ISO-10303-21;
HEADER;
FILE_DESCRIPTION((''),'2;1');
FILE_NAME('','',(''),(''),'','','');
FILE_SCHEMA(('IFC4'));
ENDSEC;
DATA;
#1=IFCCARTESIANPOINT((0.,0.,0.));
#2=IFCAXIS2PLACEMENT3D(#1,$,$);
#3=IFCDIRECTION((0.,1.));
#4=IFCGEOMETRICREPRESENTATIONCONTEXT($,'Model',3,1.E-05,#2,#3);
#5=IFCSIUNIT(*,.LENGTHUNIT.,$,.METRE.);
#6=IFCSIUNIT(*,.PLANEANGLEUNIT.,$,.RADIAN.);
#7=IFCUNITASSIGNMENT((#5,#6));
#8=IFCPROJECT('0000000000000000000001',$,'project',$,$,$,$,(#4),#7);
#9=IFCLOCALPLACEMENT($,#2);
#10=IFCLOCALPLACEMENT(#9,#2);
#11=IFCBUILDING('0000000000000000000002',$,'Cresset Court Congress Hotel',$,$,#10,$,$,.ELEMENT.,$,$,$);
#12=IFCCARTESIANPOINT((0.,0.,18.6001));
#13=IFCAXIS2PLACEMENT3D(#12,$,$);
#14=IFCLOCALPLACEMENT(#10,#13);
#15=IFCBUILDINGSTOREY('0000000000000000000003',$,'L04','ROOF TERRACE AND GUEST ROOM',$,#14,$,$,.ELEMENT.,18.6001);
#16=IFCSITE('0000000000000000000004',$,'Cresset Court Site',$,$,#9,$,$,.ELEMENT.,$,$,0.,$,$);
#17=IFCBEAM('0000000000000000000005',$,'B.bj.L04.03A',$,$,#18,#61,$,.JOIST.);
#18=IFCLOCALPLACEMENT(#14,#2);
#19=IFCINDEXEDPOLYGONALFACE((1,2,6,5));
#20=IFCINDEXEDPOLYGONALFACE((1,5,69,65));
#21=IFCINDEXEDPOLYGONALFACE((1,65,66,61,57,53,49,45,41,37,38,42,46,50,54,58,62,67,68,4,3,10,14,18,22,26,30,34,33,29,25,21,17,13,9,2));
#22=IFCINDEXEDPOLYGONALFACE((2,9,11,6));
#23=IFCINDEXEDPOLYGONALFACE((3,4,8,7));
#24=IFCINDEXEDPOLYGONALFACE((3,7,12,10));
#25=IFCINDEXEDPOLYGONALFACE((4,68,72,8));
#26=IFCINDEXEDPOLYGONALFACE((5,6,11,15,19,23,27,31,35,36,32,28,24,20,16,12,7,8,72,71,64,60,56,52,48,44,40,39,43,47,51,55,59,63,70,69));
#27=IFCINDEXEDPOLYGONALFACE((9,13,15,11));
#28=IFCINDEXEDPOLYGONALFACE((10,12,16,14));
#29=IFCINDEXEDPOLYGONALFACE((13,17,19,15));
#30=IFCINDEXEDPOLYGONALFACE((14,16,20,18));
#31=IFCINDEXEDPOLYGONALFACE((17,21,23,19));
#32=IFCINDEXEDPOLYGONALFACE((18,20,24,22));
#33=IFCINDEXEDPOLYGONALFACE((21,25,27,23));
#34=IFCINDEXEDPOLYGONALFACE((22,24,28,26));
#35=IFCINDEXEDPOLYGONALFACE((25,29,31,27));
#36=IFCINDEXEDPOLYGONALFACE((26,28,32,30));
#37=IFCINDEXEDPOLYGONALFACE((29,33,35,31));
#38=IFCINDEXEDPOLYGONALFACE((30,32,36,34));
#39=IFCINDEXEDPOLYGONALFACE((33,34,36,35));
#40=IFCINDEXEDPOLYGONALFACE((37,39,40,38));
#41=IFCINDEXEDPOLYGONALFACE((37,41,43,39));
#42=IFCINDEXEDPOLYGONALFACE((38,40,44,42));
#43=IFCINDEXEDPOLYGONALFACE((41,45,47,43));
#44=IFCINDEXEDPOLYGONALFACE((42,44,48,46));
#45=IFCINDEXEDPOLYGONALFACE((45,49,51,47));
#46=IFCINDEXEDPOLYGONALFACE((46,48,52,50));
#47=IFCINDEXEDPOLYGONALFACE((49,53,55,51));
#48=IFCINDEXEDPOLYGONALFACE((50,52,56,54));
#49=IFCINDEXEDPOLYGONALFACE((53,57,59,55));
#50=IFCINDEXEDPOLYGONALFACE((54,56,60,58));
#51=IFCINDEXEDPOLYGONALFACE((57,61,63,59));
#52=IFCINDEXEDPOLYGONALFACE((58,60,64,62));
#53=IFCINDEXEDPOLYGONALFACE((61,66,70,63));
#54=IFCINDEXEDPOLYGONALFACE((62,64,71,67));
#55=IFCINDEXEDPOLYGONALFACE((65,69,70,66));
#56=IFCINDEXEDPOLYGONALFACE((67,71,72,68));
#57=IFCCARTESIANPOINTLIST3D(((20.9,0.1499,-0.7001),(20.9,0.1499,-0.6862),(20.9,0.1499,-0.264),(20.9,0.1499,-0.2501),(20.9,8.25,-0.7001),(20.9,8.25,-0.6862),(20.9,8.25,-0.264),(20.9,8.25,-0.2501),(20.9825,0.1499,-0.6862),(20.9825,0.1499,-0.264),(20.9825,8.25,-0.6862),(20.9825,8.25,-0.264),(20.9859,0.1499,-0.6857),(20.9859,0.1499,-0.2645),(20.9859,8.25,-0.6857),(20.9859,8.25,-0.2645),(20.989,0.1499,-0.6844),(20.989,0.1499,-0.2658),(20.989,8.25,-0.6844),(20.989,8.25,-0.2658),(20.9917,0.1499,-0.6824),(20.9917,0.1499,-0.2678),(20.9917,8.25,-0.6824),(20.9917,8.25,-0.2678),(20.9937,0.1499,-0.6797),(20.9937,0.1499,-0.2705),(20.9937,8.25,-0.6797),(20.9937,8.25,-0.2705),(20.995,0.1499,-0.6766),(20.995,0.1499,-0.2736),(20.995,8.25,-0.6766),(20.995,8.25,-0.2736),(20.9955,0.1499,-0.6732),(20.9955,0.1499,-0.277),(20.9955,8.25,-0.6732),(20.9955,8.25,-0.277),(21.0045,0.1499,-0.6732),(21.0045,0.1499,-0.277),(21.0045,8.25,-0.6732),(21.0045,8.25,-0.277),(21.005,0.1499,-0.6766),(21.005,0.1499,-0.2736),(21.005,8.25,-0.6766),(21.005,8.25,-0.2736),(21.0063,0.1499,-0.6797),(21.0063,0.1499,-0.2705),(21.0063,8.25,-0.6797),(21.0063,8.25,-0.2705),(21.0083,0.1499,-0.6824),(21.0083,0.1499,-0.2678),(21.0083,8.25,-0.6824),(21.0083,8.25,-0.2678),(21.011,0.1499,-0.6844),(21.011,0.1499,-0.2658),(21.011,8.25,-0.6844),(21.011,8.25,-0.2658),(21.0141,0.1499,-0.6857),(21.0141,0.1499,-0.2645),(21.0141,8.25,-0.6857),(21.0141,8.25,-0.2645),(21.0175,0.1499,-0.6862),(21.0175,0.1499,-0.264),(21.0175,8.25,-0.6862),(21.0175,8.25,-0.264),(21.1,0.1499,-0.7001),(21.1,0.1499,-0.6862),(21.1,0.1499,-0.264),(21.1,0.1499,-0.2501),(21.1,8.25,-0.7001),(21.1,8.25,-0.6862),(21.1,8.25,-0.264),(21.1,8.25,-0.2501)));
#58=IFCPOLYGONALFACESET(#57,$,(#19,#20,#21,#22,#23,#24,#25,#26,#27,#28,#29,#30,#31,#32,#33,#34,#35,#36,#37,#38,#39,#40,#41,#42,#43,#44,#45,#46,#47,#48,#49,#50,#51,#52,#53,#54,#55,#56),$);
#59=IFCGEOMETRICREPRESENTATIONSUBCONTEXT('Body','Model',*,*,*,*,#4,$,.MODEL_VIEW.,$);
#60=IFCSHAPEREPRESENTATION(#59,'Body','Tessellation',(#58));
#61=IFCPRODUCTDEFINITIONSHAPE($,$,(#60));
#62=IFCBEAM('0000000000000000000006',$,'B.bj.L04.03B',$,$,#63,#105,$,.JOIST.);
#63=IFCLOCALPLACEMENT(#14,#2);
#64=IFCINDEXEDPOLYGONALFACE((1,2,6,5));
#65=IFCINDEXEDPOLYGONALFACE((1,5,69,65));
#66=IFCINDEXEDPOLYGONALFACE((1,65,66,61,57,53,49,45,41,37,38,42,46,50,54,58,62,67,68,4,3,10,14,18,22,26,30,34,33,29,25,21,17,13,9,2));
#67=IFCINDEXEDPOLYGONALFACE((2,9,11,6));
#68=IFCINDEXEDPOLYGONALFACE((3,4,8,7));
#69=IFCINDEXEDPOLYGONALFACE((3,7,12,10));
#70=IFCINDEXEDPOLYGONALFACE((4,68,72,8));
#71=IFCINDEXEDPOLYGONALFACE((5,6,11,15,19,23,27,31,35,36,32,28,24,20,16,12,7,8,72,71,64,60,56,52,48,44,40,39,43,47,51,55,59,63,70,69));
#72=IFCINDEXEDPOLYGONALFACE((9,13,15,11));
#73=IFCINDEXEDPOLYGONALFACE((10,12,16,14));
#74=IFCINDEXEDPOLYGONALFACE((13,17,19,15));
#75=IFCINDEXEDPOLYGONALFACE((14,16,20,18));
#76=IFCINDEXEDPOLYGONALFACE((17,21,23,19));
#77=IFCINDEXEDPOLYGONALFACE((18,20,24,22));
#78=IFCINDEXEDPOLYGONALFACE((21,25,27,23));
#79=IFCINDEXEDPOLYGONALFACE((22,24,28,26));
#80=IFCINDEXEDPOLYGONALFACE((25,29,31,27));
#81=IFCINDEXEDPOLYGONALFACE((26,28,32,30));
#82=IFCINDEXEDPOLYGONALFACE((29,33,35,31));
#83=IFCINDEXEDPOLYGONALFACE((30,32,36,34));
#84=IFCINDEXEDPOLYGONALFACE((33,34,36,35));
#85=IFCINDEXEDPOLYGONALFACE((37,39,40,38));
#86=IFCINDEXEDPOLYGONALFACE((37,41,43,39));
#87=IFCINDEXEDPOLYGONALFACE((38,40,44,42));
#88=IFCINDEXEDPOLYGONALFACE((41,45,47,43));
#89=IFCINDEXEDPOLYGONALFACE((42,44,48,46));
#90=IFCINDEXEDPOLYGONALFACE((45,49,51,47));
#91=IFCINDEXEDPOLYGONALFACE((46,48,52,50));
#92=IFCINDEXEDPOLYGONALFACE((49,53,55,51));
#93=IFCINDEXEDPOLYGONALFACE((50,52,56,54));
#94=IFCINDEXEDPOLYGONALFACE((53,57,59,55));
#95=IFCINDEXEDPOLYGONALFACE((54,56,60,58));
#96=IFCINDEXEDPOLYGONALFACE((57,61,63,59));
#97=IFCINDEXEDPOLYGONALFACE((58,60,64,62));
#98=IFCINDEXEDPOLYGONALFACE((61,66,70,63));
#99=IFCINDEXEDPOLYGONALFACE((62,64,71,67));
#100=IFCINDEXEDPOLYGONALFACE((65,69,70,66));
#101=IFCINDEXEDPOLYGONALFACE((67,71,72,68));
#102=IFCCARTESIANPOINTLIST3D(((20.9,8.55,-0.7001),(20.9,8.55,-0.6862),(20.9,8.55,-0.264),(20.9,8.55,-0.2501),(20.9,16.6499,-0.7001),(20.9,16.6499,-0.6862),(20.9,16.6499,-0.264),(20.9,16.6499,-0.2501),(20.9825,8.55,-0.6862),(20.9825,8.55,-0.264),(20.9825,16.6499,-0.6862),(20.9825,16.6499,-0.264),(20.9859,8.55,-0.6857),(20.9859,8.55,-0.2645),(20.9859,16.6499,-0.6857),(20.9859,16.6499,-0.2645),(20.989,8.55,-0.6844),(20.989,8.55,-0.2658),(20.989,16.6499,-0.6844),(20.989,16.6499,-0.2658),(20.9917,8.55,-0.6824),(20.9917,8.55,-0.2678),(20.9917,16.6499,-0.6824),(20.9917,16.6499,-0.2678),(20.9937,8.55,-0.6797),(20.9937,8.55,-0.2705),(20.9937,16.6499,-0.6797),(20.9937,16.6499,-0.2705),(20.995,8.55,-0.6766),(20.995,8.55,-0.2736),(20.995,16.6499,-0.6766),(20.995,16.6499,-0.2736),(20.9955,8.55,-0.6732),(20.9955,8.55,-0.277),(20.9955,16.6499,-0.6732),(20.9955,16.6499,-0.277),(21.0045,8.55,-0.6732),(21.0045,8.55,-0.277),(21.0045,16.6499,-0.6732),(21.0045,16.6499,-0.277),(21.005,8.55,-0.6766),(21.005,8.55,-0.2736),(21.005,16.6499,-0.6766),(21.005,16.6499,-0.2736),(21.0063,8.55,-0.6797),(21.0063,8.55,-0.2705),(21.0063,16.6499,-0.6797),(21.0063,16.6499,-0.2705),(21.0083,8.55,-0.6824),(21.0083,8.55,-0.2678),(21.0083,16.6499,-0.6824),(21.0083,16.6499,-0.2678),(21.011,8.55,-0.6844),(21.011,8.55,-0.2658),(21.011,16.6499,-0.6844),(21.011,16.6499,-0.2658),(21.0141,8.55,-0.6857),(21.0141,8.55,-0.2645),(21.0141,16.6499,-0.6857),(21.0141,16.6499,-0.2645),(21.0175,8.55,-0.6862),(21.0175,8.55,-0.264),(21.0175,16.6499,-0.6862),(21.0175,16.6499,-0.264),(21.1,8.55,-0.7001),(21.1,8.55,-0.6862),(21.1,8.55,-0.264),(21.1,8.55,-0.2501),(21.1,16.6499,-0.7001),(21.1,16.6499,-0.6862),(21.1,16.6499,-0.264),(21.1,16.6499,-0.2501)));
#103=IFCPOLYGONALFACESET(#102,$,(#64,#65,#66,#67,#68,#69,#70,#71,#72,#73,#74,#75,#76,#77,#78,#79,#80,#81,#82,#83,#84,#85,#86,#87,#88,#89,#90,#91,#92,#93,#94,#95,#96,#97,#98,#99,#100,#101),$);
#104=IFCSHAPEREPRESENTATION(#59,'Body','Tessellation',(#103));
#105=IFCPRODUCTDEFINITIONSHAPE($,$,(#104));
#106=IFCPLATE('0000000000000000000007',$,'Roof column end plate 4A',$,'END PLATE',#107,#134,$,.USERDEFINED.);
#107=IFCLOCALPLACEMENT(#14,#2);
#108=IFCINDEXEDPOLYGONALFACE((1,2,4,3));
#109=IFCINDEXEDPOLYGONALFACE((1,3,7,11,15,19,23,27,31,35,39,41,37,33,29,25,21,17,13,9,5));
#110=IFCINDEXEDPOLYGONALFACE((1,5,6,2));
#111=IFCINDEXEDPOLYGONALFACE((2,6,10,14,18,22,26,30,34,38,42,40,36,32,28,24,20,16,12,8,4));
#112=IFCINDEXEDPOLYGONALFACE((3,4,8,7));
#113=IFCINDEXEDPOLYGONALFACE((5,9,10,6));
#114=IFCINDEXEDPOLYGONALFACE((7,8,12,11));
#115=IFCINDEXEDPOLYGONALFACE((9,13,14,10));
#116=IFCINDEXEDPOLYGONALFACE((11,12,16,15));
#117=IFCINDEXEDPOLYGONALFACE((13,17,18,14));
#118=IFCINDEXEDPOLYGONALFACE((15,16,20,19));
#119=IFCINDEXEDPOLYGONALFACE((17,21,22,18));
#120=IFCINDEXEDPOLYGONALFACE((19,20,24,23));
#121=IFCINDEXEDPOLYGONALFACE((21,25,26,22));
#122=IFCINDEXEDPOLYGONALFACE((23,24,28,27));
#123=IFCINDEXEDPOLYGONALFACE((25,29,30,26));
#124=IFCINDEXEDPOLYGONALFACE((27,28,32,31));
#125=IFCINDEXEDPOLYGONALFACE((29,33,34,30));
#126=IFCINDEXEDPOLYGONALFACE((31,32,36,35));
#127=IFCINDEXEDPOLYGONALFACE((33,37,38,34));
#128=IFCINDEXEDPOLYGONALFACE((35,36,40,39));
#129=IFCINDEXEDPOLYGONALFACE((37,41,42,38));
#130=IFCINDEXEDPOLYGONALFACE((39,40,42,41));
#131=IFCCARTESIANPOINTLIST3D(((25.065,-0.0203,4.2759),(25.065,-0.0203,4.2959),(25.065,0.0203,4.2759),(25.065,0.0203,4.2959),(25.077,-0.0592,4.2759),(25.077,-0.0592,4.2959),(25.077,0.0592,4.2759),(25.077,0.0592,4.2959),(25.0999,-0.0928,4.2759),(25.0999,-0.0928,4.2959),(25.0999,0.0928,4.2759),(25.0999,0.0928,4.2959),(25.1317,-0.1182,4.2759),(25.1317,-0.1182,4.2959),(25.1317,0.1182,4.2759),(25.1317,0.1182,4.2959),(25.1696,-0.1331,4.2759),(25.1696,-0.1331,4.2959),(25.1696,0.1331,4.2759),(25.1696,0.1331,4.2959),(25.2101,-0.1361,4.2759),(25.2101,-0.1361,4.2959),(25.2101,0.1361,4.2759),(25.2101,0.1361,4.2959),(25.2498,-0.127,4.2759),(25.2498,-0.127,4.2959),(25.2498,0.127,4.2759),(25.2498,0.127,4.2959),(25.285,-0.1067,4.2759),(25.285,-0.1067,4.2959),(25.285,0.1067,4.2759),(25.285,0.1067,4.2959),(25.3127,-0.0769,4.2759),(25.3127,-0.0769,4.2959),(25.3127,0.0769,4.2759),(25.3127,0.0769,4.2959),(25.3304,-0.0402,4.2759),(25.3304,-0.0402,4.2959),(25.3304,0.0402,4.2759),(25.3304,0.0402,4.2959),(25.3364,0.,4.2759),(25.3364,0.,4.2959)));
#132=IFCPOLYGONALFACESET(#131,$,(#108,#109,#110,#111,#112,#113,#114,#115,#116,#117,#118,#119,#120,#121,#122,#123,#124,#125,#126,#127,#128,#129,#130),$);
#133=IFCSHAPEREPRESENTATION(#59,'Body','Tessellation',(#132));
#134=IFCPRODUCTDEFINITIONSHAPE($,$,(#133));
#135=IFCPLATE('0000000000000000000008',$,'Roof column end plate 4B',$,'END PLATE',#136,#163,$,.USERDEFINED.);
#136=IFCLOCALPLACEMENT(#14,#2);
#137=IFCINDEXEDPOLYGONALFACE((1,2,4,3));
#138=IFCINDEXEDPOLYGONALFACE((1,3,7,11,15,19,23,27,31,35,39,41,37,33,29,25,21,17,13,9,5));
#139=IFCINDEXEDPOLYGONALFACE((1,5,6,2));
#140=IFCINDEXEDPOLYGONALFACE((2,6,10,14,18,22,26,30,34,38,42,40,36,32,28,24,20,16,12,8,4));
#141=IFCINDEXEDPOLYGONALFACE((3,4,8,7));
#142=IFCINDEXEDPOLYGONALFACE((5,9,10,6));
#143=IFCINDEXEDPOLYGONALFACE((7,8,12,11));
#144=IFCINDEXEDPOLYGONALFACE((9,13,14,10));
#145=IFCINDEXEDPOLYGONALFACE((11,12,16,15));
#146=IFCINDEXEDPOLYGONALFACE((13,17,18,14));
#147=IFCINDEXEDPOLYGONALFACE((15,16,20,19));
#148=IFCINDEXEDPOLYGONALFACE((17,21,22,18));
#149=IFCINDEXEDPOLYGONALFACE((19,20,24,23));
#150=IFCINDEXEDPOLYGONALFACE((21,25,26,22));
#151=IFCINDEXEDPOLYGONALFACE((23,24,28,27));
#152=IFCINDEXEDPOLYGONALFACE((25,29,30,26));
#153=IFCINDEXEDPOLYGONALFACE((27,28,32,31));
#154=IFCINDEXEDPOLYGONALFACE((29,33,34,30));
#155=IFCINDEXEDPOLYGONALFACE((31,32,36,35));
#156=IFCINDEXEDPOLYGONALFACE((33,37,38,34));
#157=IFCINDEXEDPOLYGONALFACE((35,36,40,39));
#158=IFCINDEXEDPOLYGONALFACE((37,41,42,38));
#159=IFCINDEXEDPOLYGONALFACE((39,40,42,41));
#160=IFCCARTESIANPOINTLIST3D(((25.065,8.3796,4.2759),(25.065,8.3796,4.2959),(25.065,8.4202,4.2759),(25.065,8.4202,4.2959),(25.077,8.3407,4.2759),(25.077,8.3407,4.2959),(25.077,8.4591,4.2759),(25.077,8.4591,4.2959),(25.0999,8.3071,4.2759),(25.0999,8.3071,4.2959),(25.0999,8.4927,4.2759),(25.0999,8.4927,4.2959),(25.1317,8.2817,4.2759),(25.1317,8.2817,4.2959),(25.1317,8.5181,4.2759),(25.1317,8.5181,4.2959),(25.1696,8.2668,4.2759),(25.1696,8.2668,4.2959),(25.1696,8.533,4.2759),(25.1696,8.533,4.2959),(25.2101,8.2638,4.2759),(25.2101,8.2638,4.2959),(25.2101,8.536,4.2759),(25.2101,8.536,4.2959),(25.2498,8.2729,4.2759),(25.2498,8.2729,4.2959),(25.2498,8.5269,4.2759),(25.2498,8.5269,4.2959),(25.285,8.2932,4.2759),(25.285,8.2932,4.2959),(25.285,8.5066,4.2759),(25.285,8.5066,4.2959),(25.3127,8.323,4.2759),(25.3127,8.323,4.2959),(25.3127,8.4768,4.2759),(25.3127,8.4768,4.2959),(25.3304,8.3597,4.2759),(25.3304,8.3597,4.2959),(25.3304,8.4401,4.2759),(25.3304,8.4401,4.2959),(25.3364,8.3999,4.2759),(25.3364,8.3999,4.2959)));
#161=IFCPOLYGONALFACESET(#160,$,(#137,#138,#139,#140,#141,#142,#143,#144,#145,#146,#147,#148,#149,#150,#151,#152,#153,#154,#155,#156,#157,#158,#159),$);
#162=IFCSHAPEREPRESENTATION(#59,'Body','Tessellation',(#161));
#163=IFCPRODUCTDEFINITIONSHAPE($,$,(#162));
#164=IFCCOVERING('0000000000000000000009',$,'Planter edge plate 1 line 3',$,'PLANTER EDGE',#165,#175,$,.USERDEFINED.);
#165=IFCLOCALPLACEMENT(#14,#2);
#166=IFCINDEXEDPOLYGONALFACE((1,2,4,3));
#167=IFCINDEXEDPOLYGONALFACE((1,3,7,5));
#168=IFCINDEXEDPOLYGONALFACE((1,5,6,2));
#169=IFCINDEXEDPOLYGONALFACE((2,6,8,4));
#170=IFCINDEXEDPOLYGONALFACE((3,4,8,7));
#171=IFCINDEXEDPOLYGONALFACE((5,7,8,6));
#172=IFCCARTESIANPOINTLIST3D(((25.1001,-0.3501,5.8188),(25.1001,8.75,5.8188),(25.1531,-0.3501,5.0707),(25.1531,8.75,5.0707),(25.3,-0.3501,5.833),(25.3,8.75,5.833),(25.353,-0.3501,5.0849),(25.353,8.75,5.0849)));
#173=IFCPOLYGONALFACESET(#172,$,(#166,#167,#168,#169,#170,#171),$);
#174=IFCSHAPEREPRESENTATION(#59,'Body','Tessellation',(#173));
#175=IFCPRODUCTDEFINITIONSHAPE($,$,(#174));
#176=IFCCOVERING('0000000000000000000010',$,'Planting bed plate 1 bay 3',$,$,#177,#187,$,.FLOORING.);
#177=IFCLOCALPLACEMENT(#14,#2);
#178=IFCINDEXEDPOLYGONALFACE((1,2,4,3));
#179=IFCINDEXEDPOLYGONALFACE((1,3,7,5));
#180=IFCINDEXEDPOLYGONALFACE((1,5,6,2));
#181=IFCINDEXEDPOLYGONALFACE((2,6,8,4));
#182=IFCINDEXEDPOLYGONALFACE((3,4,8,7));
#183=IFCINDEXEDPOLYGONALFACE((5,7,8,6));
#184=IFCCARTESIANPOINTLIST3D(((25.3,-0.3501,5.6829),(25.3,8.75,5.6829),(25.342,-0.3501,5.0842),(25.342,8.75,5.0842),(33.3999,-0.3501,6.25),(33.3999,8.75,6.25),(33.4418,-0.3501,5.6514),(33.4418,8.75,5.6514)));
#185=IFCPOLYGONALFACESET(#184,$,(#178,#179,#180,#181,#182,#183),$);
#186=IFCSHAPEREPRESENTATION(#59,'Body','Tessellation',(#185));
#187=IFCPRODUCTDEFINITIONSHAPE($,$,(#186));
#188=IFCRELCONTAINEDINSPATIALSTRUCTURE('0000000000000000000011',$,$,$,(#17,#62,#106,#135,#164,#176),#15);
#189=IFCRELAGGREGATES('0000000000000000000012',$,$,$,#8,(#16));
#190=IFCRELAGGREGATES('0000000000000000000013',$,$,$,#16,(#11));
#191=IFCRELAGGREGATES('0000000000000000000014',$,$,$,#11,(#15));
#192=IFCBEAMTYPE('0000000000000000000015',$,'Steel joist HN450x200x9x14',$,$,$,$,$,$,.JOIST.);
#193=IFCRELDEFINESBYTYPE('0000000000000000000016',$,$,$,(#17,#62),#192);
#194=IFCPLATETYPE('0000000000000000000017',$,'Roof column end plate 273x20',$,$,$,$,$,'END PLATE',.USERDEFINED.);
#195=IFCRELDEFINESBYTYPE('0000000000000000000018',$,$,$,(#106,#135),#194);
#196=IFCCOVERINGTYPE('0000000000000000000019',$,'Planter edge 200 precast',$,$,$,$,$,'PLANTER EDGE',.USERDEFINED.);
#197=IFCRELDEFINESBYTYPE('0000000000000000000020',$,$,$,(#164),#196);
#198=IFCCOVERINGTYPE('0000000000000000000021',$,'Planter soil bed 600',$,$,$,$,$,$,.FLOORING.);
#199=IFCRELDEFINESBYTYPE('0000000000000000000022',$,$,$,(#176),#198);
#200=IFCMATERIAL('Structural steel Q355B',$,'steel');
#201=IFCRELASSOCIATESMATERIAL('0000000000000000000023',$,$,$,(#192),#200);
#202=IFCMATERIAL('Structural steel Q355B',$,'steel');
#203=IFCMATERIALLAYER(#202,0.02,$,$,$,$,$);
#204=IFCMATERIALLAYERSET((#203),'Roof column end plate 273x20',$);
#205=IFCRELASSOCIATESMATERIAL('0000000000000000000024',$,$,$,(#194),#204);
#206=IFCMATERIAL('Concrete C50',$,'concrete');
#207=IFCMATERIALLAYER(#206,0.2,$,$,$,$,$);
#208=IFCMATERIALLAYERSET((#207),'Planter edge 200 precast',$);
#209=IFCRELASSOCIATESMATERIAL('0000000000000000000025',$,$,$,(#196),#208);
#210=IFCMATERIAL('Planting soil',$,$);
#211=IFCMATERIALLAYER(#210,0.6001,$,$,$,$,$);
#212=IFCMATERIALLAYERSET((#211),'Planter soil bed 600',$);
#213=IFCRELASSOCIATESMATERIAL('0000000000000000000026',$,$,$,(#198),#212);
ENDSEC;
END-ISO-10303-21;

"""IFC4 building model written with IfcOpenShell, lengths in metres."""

from ifc_helpers import new_model, si_unit, direction, frame, origin, origin_2d, place, context, subcontext, project, spatial, polyline, circle, i_section, outline, extrude, material, layer, layer_set, material_profile, profile_set, type_object, element, save


model = new_model("IFC4")

# Units and contexts
model_context = context("Model", 3, precision=1e-05, world=origin(), true_north=direction((0.0, 1.0)))
body_context = subcontext(model_context, "Body", "Model", "MODEL_VIEW")
ifc_project = project(units=[si_unit("LENGTHUNIT", "METRE"), si_unit("PLANEANGLEUNIT", "RADIAN")], contexts=[model_context])

# Site, building, storey
site_placement = place(None, origin())
site = spatial("IfcSite", under=ifc_project, at=site_placement, Name="Cresset Court Site", CompositionType="ELEMENT", RefElevation=0.0)
building_placement = place(site_placement, origin())
building = spatial("IfcBuilding", under=site, at=building_placement, Name="Cresset Court Congress Hotel", CompositionType="ELEMENT")
storey_placement = place(building_placement, frame((0.0, 0.0, 18.6001)))
storey = spatial("IfcBuildingStorey", under=building, at=storey_placement, Name="L04", Description="ROOF TERRACE AND GUEST ROOM", CompositionType="ELEMENT", Elevation=18.6001)

# Beams
ifc_material_1 = material(Name="Structural steel Q355B", Category="steel")
ifc_material_profile_1 = material_profile(ifc_material_1, i_section(OverallWidth=0.2, OverallDepth=0.45, WebThickness=0.009, FlangeThickness=0.0139, FilletRadius=0.0129, at=origin_2d()), Name="HN450x200x9x14")
ifc_profile_set_1 = profile_set([ifc_material_profile_1], Name="Structural steel Q355B")
beam_type_1 = type_object("IfcBeamType", Name="Steel joist HN450x200x9x14", PredefinedType="JOIST", material=ifc_profile_set_1)
beam_1_placement = place(storey_placement, frame((21.0, 0.1499, -0.4751), z_axis=(0.0, 1.0, 0.0), x_axis=(-1.0, 0.0, 0.0)))
element("IfcBeam", 1, at=beam_1_placement, inside=storey, type_object=beam_type_1, Name="B.bj.L04.03A", PredefinedType="JOIST", context=body_context, shape_type="SweptSolid", body=[
    extrude(i_section(OverallWidth=0.2, OverallDepth=0.45, WebThickness=0.009, FlangeThickness=0.0139, FilletRadius=0.0129, at=origin_2d()), origin(), (0.0, 0.0, 1.0), 8.1001),
])
beam_2_placement = place(storey_placement, frame((21.0, 8.55, -0.4751), z_axis=(0.0, 1.0, 0.0), x_axis=(-1.0, 0.0, 0.0)))
element("IfcBeam", 2, at=beam_2_placement, inside=storey, type_object=beam_type_1, Name="B.bj.L04.03B", PredefinedType="JOIST", context=body_context, shape_type="SweptSolid", body=[
    extrude(i_section(OverallWidth=0.2, OverallDepth=0.45, WebThickness=0.009, FlangeThickness=0.0139, FilletRadius=0.0129, at=origin_2d()), origin(), (0.0, 0.0, 1.0), 8.0999),
])

# Plates
ifc_material_2 = material(Name="Structural steel Q355B", Category="steel")
ifc_layer_1 = layer(ifc_material_2, 0.02)
ifc_layer_set_1 = layer_set([ifc_layer_1], Name="Roof column end plate 273x20")
plate_type = type_object("IfcPlateType", Name="Roof column end plate 273x20", ElementType="END PLATE", PredefinedType="USERDEFINED", material=ifc_layer_set_1)
for number, where, z_axis, x_axis, name in (
    (3, (25.2, 0.0, 4.2759), (0.0, 0.0, 1.0), (1.0, 0.0, 0.0), "Roof column end plate 4A"),
    (4, (25.2, 8.3999, 4.2759), (0.0, 0.0, 1.0), (1.0, 0.0, 0.0), "Roof column end plate 4B"),
):
    element("IfcPlate", number, at=place(storey_placement, frame(where, z_axis=z_axis, x_axis=x_axis)), inside=storey, type_object=plate_type, Name=name, ObjectType="END PLATE", PredefinedType="USERDEFINED", context=body_context, shape_type="SweptSolid", body=[
        extrude(circle(Radius=0.1365, at=origin_2d()), origin(), (0.0, 0.0, 1.0), 0.02),
    ])

# Coverings
ifc_material_3 = material(Name="Concrete C50", Category="concrete")
ifc_layer_2 = layer(ifc_material_3, 0.2)
ifc_layer_set_2 = layer_set([ifc_layer_2], Name="Planter edge 200 precast")
covering_type_1 = type_object("IfcCoveringType", Name="Planter edge 200 precast", ElementType="PLANTER EDGE", PredefinedType="USERDEFINED", material=ifc_layer_set_2)
covering_1_placement = place(storey_placement, frame((25.1001, -0.3501, 5.8188), z_axis=(-0.070641, 0.0, 0.997502), x_axis=(0.997502, 0.0, 0.070641)))
element("IfcCovering", 5, at=covering_1_placement, inside=storey, type_object=covering_type_1, Name="Planter edge plate 1 line 3", ObjectType="PLANTER EDGE", PredefinedType="USERDEFINED", context=body_context, shape_type="SweptSolid", body=[
    extrude(outline(polyline([(0.0, 0.0), (0.2005, 0.0), (0.2005, 9.1001), (0.0, 9.1001), (0.0, 0.0)])), origin(), (0.0, 0.0, -1.0), 0.75),
])
ifc_material_4 = material(Name="Planting soil")
ifc_layer_3 = layer(ifc_material_4, 0.6001)
ifc_layer_set_3 = layer_set([ifc_layer_3], Name="Planter soil bed 600")
covering_type_2 = type_object("IfcCoveringType", Name="Planter soil bed 600", PredefinedType="FLOORING", material=ifc_layer_set_3)
covering_2_placement = place(storey_placement, frame((25.3, -0.3501, 5.6829), z_axis=(-0.069847, 0.0, 0.997558), x_axis=(0.997558, 0.0, 0.069847)))
element("IfcCovering", 6, at=covering_2_placement, inside=storey, type_object=covering_type_2, Name="Planting bed plate 1 bay 3", PredefinedType="FLOORING", context=body_context, shape_type="SweptSolid", body=[
    extrude(outline(polyline([(0.0, 0.0), (8.1197, 0.0), (8.1197, 9.1001), (0.0, 9.1001), (0.0, 0.0)])), origin(), (0.0, 0.0, -1.0), 0.6001),
])

save(model, "model.ifc")
